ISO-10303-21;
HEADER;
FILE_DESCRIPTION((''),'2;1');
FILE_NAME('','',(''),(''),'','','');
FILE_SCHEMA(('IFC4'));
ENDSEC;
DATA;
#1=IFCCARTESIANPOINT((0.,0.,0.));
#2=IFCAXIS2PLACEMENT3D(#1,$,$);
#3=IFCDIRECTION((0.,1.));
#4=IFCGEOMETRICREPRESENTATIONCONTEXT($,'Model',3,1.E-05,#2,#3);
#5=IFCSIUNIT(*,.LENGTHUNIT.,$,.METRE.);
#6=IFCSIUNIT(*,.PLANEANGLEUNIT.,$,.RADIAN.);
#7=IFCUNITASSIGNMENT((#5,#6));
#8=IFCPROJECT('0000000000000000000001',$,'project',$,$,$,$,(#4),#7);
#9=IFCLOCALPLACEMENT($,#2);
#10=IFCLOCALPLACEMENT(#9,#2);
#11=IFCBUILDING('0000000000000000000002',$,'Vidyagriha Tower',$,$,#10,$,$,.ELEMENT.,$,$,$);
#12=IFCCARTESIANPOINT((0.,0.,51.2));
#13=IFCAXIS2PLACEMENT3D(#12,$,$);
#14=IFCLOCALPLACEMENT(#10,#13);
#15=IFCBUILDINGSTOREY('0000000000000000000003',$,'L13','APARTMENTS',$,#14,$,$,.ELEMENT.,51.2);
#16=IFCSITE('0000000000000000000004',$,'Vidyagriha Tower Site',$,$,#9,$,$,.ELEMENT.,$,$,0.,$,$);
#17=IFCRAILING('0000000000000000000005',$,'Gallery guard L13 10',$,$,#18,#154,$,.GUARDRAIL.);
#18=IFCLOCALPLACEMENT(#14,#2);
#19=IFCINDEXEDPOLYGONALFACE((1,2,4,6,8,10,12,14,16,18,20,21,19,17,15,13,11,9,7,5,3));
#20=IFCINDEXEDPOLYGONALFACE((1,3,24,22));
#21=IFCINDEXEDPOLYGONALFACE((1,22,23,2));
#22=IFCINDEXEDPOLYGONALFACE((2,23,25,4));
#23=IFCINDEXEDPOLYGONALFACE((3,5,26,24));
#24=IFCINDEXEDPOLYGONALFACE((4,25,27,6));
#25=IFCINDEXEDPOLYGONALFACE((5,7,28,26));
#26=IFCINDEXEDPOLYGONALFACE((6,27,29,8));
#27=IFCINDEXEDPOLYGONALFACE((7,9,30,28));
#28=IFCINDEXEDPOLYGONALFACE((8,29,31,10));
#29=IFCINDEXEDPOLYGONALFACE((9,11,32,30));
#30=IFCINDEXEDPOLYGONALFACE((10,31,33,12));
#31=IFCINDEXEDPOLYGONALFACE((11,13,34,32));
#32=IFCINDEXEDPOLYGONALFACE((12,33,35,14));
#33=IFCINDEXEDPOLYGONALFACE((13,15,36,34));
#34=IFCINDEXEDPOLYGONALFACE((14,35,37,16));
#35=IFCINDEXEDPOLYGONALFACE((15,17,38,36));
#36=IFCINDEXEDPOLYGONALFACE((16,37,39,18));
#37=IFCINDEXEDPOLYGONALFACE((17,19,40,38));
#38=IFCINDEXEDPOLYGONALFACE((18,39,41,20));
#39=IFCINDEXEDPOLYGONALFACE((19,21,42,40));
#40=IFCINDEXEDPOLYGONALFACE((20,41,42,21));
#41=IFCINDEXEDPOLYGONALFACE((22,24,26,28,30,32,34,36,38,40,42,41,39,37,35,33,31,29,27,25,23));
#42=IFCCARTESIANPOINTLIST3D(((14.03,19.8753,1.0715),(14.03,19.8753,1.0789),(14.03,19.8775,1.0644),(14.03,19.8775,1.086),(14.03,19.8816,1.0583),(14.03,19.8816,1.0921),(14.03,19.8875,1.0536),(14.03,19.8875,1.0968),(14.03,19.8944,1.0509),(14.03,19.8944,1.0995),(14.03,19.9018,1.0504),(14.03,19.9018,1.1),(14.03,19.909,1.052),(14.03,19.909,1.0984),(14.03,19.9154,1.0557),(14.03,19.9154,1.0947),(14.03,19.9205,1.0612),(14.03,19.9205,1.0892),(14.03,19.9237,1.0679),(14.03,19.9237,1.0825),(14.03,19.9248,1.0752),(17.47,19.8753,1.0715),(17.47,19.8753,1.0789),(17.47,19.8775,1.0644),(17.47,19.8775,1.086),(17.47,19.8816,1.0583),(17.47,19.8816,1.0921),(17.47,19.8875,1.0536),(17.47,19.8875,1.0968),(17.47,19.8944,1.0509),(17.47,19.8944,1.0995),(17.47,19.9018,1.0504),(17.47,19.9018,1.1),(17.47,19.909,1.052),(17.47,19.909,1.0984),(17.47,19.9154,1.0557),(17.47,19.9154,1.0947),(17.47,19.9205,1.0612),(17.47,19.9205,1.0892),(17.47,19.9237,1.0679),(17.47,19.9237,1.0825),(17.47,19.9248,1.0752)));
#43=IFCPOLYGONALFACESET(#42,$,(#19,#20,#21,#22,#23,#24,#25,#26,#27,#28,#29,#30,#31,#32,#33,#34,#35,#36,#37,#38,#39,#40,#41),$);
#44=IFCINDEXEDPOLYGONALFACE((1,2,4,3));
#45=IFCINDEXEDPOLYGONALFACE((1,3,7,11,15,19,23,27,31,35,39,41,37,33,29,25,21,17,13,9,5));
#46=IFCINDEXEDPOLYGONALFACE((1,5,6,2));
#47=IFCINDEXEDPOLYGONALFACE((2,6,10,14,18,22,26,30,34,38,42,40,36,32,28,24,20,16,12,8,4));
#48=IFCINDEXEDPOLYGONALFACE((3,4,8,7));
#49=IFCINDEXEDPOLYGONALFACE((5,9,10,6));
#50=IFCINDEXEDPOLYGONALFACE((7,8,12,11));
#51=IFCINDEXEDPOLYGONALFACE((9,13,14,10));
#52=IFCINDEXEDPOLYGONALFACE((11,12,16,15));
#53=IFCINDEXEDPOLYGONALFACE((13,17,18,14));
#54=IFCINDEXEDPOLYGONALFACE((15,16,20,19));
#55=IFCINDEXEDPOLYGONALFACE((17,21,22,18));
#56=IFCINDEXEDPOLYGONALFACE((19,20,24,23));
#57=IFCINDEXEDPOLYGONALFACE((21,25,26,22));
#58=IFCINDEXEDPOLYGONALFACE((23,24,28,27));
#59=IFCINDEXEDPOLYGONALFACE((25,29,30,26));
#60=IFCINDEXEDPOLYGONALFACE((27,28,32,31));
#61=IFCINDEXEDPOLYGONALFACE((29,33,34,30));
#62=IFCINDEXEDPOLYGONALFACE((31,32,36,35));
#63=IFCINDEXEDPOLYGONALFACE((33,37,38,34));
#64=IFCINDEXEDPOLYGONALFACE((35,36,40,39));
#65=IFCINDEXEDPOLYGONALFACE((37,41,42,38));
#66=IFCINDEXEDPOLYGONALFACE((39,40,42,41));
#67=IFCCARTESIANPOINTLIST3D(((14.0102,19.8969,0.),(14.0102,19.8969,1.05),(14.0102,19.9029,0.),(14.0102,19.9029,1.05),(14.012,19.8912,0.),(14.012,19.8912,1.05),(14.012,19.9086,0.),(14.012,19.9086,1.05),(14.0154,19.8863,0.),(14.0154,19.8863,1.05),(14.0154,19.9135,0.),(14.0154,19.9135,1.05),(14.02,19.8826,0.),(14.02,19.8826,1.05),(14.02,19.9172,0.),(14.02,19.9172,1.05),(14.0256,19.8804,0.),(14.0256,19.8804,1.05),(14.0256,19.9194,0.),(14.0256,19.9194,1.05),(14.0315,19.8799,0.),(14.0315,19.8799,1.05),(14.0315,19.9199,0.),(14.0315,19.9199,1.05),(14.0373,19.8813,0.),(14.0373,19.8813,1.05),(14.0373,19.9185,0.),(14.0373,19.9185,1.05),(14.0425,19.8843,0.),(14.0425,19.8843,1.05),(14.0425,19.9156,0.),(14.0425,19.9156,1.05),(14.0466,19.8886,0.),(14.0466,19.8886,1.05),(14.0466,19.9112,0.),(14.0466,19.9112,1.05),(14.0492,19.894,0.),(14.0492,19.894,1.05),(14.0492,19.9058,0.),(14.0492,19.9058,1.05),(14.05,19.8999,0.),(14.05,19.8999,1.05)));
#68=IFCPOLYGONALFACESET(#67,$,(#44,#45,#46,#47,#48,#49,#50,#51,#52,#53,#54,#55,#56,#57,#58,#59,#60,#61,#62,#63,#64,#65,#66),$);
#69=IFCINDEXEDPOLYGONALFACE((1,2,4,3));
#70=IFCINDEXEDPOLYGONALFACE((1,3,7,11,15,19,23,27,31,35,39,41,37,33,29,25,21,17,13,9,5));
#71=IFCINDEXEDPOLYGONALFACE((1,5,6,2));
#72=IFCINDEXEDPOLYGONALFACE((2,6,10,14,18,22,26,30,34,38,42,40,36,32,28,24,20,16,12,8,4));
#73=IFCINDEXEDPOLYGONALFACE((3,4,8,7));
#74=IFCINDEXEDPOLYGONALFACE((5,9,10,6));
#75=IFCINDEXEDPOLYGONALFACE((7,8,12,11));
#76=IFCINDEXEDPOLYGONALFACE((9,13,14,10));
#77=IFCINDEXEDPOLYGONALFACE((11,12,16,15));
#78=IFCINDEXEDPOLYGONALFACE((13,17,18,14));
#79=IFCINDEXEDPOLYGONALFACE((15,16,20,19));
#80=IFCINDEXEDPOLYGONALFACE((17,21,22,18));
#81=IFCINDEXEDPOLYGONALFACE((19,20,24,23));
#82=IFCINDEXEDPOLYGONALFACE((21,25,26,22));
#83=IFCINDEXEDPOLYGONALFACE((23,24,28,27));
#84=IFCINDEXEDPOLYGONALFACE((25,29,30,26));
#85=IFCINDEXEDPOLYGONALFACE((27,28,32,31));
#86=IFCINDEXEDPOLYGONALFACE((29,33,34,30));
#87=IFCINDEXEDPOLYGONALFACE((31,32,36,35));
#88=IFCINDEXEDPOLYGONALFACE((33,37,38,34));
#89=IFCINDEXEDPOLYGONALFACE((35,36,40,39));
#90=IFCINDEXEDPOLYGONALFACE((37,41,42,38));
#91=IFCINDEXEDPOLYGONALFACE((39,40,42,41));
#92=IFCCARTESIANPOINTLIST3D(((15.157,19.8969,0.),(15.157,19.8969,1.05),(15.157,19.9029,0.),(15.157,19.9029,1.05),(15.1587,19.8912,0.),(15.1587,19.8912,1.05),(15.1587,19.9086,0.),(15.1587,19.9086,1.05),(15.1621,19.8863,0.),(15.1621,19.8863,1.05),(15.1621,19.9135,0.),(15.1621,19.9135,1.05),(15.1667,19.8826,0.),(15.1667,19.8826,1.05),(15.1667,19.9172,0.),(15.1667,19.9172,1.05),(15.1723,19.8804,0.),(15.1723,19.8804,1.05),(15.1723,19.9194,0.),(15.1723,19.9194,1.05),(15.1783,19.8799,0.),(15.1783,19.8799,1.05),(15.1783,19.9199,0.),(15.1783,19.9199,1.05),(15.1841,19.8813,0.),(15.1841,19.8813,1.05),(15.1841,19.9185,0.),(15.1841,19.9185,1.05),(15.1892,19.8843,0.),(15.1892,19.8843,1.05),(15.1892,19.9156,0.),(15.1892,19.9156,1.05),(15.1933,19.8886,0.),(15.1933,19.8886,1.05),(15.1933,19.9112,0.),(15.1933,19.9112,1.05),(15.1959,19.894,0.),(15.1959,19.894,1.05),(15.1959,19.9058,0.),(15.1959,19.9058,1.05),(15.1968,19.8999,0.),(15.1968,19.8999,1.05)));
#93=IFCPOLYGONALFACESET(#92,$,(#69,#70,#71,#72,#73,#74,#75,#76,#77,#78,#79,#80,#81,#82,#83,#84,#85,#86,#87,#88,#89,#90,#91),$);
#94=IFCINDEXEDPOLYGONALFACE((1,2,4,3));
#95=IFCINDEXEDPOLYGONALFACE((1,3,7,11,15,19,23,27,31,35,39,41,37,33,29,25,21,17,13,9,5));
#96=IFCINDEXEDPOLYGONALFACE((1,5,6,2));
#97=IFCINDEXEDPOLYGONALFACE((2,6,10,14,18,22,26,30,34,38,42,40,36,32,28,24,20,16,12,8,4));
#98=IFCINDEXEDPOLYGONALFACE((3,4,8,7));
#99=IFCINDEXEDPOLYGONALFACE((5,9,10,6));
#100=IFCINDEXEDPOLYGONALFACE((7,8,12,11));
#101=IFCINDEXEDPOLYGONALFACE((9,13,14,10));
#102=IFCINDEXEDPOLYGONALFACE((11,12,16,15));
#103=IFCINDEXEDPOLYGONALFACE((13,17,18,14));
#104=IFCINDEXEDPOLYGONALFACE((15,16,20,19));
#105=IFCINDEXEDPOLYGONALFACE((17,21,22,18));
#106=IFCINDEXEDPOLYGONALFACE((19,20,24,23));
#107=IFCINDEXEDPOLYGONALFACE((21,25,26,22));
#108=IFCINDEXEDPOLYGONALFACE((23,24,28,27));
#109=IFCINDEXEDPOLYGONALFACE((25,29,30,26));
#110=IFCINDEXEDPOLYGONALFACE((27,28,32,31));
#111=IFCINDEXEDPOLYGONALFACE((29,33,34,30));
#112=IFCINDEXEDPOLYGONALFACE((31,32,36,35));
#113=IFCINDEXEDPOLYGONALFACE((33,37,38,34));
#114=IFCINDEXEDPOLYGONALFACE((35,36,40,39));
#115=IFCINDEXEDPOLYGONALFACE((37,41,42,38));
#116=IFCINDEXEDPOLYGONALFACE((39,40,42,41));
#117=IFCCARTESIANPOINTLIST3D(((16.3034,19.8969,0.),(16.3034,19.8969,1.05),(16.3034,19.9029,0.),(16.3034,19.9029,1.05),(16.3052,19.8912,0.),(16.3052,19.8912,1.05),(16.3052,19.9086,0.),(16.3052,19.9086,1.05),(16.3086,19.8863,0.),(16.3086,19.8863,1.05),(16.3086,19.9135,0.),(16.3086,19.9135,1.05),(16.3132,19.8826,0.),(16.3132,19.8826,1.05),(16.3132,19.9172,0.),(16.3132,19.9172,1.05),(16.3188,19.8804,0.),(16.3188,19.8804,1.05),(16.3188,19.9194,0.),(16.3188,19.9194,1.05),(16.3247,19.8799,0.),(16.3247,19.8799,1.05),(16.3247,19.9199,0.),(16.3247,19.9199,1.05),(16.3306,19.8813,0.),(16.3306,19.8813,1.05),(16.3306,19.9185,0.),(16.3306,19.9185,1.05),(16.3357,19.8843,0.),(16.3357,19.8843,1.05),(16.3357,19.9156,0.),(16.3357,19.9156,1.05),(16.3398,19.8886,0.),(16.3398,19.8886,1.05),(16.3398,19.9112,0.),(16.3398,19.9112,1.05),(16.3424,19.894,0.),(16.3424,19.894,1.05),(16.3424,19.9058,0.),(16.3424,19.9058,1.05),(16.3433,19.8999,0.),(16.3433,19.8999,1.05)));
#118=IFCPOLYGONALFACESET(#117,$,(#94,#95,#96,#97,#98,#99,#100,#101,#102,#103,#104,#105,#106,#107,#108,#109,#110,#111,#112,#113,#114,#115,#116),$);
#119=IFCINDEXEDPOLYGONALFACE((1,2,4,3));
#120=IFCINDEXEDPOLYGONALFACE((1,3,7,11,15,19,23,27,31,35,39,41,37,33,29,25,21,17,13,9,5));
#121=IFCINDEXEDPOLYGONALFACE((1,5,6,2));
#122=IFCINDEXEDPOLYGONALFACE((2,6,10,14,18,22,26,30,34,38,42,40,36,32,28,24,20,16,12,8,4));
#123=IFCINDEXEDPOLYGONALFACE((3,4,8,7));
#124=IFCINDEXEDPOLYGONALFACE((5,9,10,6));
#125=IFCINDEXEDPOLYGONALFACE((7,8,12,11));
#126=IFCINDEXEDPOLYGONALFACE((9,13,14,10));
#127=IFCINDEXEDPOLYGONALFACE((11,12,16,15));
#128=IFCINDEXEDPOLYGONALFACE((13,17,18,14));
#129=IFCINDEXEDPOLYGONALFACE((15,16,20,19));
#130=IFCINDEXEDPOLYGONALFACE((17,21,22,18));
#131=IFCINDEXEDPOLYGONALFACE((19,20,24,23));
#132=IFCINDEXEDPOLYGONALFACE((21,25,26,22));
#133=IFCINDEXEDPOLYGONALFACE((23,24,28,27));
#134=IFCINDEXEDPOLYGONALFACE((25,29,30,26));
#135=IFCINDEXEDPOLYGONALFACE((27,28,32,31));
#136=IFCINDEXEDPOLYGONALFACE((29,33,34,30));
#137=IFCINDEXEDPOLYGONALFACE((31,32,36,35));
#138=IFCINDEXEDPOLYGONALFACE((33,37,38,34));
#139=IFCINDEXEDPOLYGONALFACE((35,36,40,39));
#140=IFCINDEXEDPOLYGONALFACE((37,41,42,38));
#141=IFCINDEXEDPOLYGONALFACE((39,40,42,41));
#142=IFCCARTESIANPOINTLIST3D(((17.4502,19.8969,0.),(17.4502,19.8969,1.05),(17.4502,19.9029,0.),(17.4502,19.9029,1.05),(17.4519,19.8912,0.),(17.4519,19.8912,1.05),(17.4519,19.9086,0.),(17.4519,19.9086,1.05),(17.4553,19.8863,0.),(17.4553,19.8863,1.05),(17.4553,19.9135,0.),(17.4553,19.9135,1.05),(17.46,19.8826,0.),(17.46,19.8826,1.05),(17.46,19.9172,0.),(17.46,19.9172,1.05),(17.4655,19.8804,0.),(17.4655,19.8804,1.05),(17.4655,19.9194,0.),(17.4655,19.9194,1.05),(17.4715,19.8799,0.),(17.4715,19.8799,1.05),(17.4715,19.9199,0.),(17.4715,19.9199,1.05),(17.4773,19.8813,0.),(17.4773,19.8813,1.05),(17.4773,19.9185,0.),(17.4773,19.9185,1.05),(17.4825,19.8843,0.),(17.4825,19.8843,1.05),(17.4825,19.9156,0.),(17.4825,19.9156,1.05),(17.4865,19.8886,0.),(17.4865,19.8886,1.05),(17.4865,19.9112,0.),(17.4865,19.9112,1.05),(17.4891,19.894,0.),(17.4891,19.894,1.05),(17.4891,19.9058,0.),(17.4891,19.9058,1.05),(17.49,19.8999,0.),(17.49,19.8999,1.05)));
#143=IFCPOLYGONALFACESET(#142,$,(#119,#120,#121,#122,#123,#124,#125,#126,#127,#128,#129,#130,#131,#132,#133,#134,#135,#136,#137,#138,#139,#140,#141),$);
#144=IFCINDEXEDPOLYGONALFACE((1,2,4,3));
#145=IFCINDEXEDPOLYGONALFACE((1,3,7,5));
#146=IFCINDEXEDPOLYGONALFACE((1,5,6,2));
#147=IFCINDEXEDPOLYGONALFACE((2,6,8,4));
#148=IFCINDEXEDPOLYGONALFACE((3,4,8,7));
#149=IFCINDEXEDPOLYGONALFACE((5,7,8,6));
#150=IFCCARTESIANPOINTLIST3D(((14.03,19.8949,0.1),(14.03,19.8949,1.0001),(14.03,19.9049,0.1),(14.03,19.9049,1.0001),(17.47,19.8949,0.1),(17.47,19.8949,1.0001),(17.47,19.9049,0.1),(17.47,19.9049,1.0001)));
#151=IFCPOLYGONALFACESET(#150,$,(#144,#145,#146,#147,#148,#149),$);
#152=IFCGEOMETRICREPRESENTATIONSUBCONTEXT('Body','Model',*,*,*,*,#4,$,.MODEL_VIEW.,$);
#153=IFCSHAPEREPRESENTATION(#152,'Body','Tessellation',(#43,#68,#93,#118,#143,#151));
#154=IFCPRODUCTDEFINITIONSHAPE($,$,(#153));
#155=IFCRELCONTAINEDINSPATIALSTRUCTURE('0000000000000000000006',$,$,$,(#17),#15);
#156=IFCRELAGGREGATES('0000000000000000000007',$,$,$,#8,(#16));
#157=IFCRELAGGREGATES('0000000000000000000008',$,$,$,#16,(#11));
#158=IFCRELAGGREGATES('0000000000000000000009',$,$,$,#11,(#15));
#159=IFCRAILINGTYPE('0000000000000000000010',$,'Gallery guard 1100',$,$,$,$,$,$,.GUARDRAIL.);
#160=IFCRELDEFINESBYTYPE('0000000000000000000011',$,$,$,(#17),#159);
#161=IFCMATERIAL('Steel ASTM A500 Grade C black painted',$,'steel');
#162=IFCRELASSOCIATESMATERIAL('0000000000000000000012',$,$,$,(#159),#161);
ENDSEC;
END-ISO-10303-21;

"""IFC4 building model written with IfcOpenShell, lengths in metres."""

from ifc_helpers import new_model, si_unit, direction, frame, origin, origin_2d, place, context, subcontext, project, spatial, rectangle, circle, extrude, material, type_object, element, save


model = new_model("IFC4")

# Units and contexts
model_context = context("Model", 3, precision=1e-05, world=origin(), true_north=direction((0.0, 1.0)))
body_context = subcontext(model_context, "Body", "Model", "MODEL_VIEW")
ifc_project = project(units=[si_unit("LENGTHUNIT", "METRE"), si_unit("PLANEANGLEUNIT", "RADIAN")], contexts=[model_context])

# Site, building, storey
site_placement = place(None, origin())
site = spatial("IfcSite", under=ifc_project, at=site_placement, Name="Vidyagriha Tower Site", CompositionType="ELEMENT", RefElevation=0.0)
building_placement = place(site_placement, origin())
building = spatial("IfcBuilding", under=site, at=building_placement, Name="Vidyagriha Tower", CompositionType="ELEMENT")
storey_placement = place(building_placement, frame((0.0, 0.0, 51.2)))
storey = spatial("IfcBuildingStorey", under=building, at=storey_placement, Name="L13", Description="APARTMENTS", CompositionType="ELEMENT", Elevation=51.2)

# Railing
ifc_material_1 = material(Name="Steel ASTM A500 Grade C black painted", Category="steel")
railing_type_1 = type_object("IfcRailingType", Name="Gallery guard 1100", PredefinedType="GUARDRAIL", material=ifc_material_1)
railing_1_placement = place(storey_placement, frame((14.03, 19.8999, 0.0)))
element("IfcRailing", 1, at=railing_1_placement, inside=storey, type_object=railing_type_1, Name="Gallery guard L13 10", PredefinedType="GUARDRAIL", context=body_context, shape_type="SweptSolid", body=[
    extrude(circle(Radius=0.0249, at=origin_2d()), frame((0.0, 0.0, 1.0752), z_axis=(1.0, 0.0, 0.0), x_axis=(0.0, 1.0, 0.0)), (0.0, 0.0, 1.0), 3.4399),
    extrude(circle(Radius=0.02, at=origin_2d()), origin(), (0.0, 0.0, 1.0), 1.05),
    extrude(circle(Radius=0.02, at=origin_2d()), frame((1.1467, 0.0, 0.0)), (0.0, 0.0, 1.0), 1.05),
    extrude(circle(Radius=0.02, at=origin_2d()), frame((2.2932, 0.0, 0.0)), (0.0, 0.0, 1.0), 1.05),
    extrude(circle(Radius=0.02, at=origin_2d()), frame((3.4399, 0.0, 0.0)), (0.0, 0.0, 1.0), 1.05),
    extrude(rectangle(XDim=0.01, YDim=0.9001, at=origin_2d()), frame((0.0, 0.0, 0.55), z_axis=(1.0, 0.0, 0.0), x_axis=(0.0, 1.0, 0.0)), (0.0, 0.0, 1.0), 3.4399),
])

save(model, "model.ifc")
